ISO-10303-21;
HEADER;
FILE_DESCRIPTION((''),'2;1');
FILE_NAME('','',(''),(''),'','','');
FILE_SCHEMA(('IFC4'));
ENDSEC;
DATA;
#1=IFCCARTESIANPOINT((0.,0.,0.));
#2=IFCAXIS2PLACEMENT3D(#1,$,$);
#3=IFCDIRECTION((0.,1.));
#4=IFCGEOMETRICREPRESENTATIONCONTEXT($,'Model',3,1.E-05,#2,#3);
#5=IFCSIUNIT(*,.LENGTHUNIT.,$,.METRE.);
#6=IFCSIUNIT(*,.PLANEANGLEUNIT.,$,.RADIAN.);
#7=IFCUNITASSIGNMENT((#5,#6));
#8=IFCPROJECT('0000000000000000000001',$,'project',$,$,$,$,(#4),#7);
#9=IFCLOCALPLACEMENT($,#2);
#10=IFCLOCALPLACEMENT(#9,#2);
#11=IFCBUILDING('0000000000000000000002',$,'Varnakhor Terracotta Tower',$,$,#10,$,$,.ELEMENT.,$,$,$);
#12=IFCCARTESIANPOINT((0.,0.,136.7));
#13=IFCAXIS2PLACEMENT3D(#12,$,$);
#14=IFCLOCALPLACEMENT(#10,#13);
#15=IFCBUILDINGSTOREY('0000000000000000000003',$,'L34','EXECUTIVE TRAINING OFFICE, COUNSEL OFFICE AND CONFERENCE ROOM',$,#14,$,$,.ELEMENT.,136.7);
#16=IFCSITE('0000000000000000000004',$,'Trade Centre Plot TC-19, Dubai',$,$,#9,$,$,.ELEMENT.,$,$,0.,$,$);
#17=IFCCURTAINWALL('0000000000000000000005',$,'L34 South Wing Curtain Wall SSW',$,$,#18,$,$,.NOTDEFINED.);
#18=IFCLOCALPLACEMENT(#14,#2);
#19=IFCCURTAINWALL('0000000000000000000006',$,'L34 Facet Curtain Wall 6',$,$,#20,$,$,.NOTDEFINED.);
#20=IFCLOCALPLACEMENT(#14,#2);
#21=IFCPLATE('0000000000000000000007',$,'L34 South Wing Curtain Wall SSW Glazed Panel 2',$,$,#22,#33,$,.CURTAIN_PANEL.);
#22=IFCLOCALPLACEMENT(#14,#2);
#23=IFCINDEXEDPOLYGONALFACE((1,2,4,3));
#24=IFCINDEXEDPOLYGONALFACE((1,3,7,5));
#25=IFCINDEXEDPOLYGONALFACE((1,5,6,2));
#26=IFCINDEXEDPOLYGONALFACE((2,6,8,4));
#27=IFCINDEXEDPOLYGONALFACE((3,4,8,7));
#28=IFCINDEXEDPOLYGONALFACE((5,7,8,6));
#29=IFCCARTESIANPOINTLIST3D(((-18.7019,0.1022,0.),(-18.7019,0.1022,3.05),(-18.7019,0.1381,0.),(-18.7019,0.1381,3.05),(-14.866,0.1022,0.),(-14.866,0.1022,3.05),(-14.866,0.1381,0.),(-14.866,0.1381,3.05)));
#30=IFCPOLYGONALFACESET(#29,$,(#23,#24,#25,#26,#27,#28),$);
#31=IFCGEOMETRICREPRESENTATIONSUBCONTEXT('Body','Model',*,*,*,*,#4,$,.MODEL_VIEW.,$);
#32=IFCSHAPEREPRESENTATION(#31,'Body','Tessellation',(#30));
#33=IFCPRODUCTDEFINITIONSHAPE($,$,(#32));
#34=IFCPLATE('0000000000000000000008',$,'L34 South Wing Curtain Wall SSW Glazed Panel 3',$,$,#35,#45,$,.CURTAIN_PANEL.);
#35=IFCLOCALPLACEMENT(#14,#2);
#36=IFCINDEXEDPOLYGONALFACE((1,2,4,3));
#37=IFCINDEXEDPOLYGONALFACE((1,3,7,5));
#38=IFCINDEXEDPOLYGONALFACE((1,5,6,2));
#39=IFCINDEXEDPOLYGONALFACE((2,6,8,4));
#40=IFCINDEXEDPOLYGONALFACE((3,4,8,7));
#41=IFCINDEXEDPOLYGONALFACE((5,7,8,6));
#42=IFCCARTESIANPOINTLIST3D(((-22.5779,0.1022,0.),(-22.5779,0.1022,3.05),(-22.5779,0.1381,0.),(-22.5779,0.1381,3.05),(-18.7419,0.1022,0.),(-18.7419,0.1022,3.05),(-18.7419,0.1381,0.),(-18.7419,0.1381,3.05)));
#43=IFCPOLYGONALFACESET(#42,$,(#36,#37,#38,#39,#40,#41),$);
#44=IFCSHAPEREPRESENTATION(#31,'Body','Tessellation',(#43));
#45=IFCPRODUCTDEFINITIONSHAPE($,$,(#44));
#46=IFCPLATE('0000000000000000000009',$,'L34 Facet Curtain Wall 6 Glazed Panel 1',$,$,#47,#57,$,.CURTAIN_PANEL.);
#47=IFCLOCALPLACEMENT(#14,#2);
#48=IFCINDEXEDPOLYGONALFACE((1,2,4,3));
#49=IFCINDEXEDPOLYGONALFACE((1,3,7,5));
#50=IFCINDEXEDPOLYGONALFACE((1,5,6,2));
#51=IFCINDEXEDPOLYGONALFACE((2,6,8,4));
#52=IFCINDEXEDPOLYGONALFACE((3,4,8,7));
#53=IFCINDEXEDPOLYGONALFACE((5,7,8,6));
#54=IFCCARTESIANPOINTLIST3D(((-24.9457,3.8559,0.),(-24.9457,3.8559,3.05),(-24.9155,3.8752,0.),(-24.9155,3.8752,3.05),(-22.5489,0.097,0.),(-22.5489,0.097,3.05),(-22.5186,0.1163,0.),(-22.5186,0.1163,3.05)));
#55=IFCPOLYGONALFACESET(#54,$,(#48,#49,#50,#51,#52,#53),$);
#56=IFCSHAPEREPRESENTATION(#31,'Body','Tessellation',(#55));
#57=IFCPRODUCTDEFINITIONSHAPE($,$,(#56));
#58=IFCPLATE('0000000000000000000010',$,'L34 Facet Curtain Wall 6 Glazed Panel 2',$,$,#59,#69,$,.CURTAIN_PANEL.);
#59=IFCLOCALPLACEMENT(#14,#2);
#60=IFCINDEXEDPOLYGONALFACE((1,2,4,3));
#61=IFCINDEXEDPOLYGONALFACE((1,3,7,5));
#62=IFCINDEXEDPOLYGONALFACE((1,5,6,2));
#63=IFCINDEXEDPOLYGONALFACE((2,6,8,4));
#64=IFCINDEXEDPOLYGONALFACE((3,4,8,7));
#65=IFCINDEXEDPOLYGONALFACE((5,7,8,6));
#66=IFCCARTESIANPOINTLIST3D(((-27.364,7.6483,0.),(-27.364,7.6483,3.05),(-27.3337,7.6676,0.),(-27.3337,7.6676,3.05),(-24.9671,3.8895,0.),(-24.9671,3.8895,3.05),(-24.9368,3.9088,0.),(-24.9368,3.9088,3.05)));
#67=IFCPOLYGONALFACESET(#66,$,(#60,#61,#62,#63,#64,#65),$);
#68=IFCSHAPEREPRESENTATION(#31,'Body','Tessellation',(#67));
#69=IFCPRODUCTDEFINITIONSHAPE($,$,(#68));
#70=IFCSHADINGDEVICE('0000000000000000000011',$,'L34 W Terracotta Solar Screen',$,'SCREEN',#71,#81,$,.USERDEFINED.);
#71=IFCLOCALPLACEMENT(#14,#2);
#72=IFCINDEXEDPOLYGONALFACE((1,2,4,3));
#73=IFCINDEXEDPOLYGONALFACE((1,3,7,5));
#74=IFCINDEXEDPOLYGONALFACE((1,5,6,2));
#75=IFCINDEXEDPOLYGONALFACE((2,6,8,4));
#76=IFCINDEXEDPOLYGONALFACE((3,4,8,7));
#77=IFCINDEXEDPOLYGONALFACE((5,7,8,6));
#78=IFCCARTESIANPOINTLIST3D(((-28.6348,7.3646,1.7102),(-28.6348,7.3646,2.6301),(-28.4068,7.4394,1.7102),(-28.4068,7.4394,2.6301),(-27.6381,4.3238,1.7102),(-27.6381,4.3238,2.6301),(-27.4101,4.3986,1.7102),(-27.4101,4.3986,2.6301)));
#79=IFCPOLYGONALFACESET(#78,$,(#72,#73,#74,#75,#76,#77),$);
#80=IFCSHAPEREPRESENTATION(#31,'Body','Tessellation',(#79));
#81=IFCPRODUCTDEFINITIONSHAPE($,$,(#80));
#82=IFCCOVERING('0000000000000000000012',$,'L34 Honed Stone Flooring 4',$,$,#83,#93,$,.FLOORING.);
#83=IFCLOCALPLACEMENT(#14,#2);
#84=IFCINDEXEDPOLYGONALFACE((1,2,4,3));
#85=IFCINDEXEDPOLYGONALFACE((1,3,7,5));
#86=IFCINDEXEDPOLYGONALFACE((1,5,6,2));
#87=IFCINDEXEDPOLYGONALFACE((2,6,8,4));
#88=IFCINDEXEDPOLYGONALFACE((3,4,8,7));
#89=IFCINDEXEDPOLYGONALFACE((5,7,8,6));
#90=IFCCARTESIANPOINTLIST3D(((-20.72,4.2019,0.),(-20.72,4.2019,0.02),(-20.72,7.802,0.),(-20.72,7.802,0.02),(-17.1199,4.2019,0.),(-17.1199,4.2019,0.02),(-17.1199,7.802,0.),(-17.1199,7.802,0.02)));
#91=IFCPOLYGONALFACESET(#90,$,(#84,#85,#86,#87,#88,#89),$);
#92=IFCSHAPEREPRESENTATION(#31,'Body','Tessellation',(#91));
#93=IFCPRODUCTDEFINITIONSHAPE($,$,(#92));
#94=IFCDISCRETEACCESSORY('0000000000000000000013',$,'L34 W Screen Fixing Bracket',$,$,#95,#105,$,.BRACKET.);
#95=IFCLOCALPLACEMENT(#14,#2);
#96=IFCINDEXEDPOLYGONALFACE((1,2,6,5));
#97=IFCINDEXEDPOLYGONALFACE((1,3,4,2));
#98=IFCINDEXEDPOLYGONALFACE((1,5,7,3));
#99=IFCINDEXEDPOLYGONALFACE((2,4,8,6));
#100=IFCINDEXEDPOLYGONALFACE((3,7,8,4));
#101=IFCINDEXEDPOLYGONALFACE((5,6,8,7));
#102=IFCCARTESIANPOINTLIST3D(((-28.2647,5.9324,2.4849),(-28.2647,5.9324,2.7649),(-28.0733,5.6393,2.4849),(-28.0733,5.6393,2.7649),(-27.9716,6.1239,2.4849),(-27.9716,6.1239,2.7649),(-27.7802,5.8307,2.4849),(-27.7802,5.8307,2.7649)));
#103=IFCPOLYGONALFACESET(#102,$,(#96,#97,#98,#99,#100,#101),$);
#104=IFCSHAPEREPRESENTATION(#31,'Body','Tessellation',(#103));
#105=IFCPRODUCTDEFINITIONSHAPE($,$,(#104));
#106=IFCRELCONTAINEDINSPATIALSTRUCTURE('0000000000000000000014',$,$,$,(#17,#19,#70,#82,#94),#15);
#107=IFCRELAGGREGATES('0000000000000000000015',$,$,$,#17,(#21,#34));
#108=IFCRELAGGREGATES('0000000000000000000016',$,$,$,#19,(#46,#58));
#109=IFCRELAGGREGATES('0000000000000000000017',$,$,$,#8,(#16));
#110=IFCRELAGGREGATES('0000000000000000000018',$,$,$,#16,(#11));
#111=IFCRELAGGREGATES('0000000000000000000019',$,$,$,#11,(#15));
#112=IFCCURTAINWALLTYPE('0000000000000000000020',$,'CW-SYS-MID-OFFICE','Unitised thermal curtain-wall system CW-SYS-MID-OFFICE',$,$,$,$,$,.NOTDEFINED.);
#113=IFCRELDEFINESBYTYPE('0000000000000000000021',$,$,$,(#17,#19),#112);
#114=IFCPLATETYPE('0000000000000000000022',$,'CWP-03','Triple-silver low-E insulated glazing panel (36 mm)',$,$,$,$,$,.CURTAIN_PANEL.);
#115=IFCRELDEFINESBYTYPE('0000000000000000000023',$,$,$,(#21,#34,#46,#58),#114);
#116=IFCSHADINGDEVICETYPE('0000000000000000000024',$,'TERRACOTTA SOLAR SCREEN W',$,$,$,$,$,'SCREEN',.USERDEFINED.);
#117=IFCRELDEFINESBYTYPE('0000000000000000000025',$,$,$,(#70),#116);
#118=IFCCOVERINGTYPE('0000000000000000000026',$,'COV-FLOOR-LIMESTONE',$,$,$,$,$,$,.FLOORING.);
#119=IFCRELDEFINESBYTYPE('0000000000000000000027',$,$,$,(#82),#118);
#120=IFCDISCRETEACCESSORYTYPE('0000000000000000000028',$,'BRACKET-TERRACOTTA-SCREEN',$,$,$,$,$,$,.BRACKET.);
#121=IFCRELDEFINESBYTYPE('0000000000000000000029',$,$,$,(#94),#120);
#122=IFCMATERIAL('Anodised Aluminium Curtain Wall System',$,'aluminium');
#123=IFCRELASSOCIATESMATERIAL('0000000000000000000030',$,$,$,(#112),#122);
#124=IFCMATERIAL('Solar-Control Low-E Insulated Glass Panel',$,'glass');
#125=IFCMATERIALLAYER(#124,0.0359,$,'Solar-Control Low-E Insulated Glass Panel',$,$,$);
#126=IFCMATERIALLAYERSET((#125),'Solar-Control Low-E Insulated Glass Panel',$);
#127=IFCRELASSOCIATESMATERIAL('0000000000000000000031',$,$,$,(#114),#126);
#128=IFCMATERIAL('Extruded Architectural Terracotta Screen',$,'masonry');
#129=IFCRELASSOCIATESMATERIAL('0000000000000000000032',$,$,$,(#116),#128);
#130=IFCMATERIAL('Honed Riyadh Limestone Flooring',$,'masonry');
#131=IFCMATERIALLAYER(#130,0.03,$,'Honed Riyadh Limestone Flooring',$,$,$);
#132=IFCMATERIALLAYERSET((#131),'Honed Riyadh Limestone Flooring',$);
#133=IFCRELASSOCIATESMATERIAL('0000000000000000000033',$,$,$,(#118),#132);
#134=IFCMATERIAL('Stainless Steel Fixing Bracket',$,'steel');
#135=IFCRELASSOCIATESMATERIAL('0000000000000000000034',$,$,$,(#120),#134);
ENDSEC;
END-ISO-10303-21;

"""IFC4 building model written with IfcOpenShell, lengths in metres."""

from ifc_helpers import new_model, si_unit, direction, frame, origin, origin_2d, place, context, subcontext, project, spatial, rectangle, extrude, source, transform, mapped, material, layer, layer_set, type_object, type_shapes, element, aggregate, save


model = new_model("IFC4")

# Units and contexts
model_context = context("Model", 3, precision=1e-05, world=origin(), true_north=direction((0.0, 1.0)))
body_context = subcontext(model_context, "Body", "Model", "MODEL_VIEW")
ifc_project = project(units=[si_unit("LENGTHUNIT", "METRE"), si_unit("PLANEANGLEUNIT", "RADIAN")], contexts=[model_context])

# Site, building, storey
site_placement = place(None, origin())
site = spatial("IfcSite", under=ifc_project, at=site_placement, Name="Trade Centre Plot TC-19, Dubai", CompositionType="ELEMENT", RefElevation=0.0)
building_placement = place(site_placement, origin())
building = spatial("IfcBuilding", under=site, at=building_placement, Name="Varnakhor Terracotta Tower", CompositionType="ELEMENT")
storey_placement = place(building_placement, frame((0.0, 0.0, 136.7)))
storey = spatial("IfcBuildingStorey", under=building, at=storey_placement, Name="L34", Description="EXECUTIVE TRAINING OFFICE, COUNSEL OFFICE AND CONFERENCE ROOM", CompositionType="ELEMENT", Elevation=136.7)

# Curtain walls
ifc_material_1 = material(Name="Anodised Aluminium Curtain Wall System", Category="aluminium")
curtain_wall_type = type_object("IfcCurtainWallType", Name="CW-SYS-MID-OFFICE", Description="Unitised thermal curtain-wall system CW-SYS-MID-OFFICE", PredefinedType="NOTDEFINED", material=ifc_material_1)
curtain_wall_1_placement = place(storey_placement, origin())
curtain_wall_1 = element("IfcCurtainWall", 1, at=curtain_wall_1_placement, inside=storey, type_object=curtain_wall_type, Name="L34 South Wing Curtain Wall SSW", PredefinedType="NOTDEFINED")
curtain_wall_2_placement = place(storey_placement, origin())
curtain_wall_2 = element("IfcCurtainWall", 2, at=curtain_wall_2_placement, inside=storey, type_object=curtain_wall_type, Name="L34 Facet Curtain Wall 6", PredefinedType="NOTDEFINED")

# Plates
ifc_material_2 = material(Name="Solar-Control Low-E Insulated Glass Panel", Category="glass")
ifc_layer_1 = layer(ifc_material_2, 0.0359, Name="Solar-Control Low-E Insulated Glass Panel")
ifc_layer_set_1 = layer_set([ifc_layer_1], Name="Solar-Control Low-E Insulated Glass Panel")
plate_type = type_object("IfcPlateType", Name="CWP-03", Description="Triple-silver low-E insulated glazing panel (36 mm)", PredefinedType="CURTAIN_PANEL", material=ifc_layer_set_1)
shared_shape_1 = source(origin(), body_context, "Body", "SweptSolid", [
    extrude(rectangle(XDim=3.8359, YDim=0.0359, at=origin_2d()), origin(), (0.0, 0.0, 1.0), 3.05),
])
plate_1_placement = place(storey_placement, frame((-16.7839, 0.1201, 0.0), z_axis=(0.0, 0.0, 1.0), x_axis=(-1.0, 0.0, 0.0)))
plate_1 = element("IfcPlate", 3, at=plate_1_placement, type_object=plate_type, Name="L34 South Wing Curtain Wall SSW Glazed Panel 2", PredefinedType="CURTAIN_PANEL", context=body_context, shape_type="MappedRepresentation", body=[
    mapped(shared_shape_1, transform((0.0, 0.0, 0.0), scale=1.0)),
])
plate_2_placement = place(storey_placement, frame((-20.6599, 0.1201, 0.0), z_axis=(0.0, 0.0, 1.0), x_axis=(-1.0, 0.0, 0.0)))
plate_2 = element("IfcPlate", 4, at=plate_2_placement, type_object=plate_type, Name="L34 South Wing Curtain Wall SSW Glazed Panel 3", PredefinedType="CURTAIN_PANEL", context=body_context, shape_type="MappedRepresentation", body=[
    mapped(shared_shape_1, transform((0.0, 0.0, 0.0), scale=1.0)),
])
aggregate(curtain_wall_1, [plate_1, plate_2])
shared_shape_2 = source(origin(), body_context, "Body", "SweptSolid", [
    extrude(rectangle(XDim=4.458, YDim=0.0359, at=origin_2d()), origin(), (0.0, 0.0, 1.0), 3.05),
])
plate_3_placement = place(storey_placement, frame((-23.7322, 1.9861, 0.0), z_axis=(0.0, 0.0, 1.0), x_axis=(-0.537653, 0.843166, 0.0)))
plate_3 = element("IfcPlate", 5, at=plate_3_placement, type_object=plate_type, Name="L34 Facet Curtain Wall 6 Glazed Panel 1", PredefinedType="CURTAIN_PANEL", context=body_context, shape_type="MappedRepresentation", body=[
    mapped(shared_shape_2, transform((0.0, 0.0, 0.0), scale=1.0)),
])
plate_4_placement = place(storey_placement, frame((-26.1504, 5.7786, 0.0), z_axis=(0.0, 0.0, 1.0), x_axis=(-0.537653, 0.843166, 0.0)))
plate_4 = element("IfcPlate", 6, at=plate_4_placement, type_object=plate_type, Name="L34 Facet Curtain Wall 6 Glazed Panel 2", PredefinedType="CURTAIN_PANEL", context=body_context, shape_type="MappedRepresentation", body=[
    mapped(shared_shape_2, transform((0.0, 0.0, 0.0), scale=1.0)),
])
aggregate(curtain_wall_2, [plate_3, plate_4])

# Shading device
ifc_material_3 = material(Name="Extruded Architectural Terracotta Screen", Category="masonry")
shading_device_type = type_object("IfcShadingDeviceType", Name="TERRACOTTA SOLAR SCREEN W", ElementType="SCREEN", PredefinedType="USERDEFINED", material=ifc_material_3)
shared_shape_3 = source(origin(), body_context, "Body", "SweptSolid", [
    extrude(rectangle(XDim=3.2, YDim=0.24, at=origin_2d()), origin(), (0.0, 0.0, 1.0), 0.9199),
])
type_shapes(shading_device_type, [shared_shape_3])
shading_device_placement = place(storey_placement, frame((-28.0225, 5.8816, 1.7102), z_axis=(0.0, 0.0, 1.0), x_axis=(0.311473, -0.950255, 0.0)))
element("IfcShadingDevice", 7, at=shading_device_placement, inside=storey, type_object=shading_device_type, Name="L34 W Terracotta Solar Screen", ObjectType="SCREEN", PredefinedType="USERDEFINED", context=body_context, shape_type="MappedRepresentation", body=[
    mapped(shared_shape_3, transform((0.0, 0.0, 0.0), scale=1.0)),
])

# Covering
ifc_material_4 = material(Name="Honed Riyadh Limestone Flooring", Category="masonry")
ifc_layer_2 = layer(ifc_material_4, 0.03, Name="Honed Riyadh Limestone Flooring")
ifc_layer_set_2 = layer_set([ifc_layer_2], Name="Honed Riyadh Limestone Flooring")
covering_type = type_object("IfcCoveringType", Name="COV-FLOOR-LIMESTONE", PredefinedType="FLOORING", material=ifc_layer_set_2)
shared_shape_4 = source(origin(), body_context, "Body", "SweptSolid", [
    extrude(rectangle(XDim=3.6001, YDim=3.6001, at=origin_2d()), origin(), (0.0, 0.0, 1.0), 0.02),
])
covering_placement = place(storey_placement, frame((-18.9199, 6.002, 0.0), z_axis=(0.0, 0.0, 1.0), x_axis=(1.0, 0.0, 0.0)))
element("IfcCovering", 8, at=covering_placement, inside=storey, type_object=covering_type, Name="L34 Honed Stone Flooring 4", PredefinedType="FLOORING", context=body_context, shape_type="MappedRepresentation", body=[
    mapped(shared_shape_4, transform((0.0, 0.0, 0.0), scale=1.0)),
])

# Discrete accessory
ifc_material_5 = material(Name="Stainless Steel Fixing Bracket", Category="steel")
discrete_accessory_type = type_object("IfcDiscreteAccessoryType", Name="BRACKET-TERRACOTTA-SCREEN", PredefinedType="BRACKET", material=ifc_material_5)
shared_shape_5 = source(origin(), body_context, "Body", "SweptSolid", [
    extrude(rectangle(XDim=0.3501, YDim=0.3501, at=origin_2d()), origin(), (0.0, 0.0, 1.0), 0.28),
])
type_shapes(discrete_accessory_type, [shared_shape_5])
discrete_accessory_placement = place(storey_placement, frame((-28.0225, 5.8816, 2.4849), z_axis=(0.0, 0.0, 1.0), x_axis=(0.546804, -0.837261, 0.0)))
element("IfcDiscreteAccessory", 9, at=discrete_accessory_placement, inside=storey, type_object=discrete_accessory_type, Name="L34 W Screen Fixing Bracket", PredefinedType="BRACKET", context=body_context, shape_type="MappedRepresentation", body=[
    mapped(shared_shape_5, transform((0.0, 0.0, 0.0), scale=1.0)),
])

save(model, "model.ifc")
